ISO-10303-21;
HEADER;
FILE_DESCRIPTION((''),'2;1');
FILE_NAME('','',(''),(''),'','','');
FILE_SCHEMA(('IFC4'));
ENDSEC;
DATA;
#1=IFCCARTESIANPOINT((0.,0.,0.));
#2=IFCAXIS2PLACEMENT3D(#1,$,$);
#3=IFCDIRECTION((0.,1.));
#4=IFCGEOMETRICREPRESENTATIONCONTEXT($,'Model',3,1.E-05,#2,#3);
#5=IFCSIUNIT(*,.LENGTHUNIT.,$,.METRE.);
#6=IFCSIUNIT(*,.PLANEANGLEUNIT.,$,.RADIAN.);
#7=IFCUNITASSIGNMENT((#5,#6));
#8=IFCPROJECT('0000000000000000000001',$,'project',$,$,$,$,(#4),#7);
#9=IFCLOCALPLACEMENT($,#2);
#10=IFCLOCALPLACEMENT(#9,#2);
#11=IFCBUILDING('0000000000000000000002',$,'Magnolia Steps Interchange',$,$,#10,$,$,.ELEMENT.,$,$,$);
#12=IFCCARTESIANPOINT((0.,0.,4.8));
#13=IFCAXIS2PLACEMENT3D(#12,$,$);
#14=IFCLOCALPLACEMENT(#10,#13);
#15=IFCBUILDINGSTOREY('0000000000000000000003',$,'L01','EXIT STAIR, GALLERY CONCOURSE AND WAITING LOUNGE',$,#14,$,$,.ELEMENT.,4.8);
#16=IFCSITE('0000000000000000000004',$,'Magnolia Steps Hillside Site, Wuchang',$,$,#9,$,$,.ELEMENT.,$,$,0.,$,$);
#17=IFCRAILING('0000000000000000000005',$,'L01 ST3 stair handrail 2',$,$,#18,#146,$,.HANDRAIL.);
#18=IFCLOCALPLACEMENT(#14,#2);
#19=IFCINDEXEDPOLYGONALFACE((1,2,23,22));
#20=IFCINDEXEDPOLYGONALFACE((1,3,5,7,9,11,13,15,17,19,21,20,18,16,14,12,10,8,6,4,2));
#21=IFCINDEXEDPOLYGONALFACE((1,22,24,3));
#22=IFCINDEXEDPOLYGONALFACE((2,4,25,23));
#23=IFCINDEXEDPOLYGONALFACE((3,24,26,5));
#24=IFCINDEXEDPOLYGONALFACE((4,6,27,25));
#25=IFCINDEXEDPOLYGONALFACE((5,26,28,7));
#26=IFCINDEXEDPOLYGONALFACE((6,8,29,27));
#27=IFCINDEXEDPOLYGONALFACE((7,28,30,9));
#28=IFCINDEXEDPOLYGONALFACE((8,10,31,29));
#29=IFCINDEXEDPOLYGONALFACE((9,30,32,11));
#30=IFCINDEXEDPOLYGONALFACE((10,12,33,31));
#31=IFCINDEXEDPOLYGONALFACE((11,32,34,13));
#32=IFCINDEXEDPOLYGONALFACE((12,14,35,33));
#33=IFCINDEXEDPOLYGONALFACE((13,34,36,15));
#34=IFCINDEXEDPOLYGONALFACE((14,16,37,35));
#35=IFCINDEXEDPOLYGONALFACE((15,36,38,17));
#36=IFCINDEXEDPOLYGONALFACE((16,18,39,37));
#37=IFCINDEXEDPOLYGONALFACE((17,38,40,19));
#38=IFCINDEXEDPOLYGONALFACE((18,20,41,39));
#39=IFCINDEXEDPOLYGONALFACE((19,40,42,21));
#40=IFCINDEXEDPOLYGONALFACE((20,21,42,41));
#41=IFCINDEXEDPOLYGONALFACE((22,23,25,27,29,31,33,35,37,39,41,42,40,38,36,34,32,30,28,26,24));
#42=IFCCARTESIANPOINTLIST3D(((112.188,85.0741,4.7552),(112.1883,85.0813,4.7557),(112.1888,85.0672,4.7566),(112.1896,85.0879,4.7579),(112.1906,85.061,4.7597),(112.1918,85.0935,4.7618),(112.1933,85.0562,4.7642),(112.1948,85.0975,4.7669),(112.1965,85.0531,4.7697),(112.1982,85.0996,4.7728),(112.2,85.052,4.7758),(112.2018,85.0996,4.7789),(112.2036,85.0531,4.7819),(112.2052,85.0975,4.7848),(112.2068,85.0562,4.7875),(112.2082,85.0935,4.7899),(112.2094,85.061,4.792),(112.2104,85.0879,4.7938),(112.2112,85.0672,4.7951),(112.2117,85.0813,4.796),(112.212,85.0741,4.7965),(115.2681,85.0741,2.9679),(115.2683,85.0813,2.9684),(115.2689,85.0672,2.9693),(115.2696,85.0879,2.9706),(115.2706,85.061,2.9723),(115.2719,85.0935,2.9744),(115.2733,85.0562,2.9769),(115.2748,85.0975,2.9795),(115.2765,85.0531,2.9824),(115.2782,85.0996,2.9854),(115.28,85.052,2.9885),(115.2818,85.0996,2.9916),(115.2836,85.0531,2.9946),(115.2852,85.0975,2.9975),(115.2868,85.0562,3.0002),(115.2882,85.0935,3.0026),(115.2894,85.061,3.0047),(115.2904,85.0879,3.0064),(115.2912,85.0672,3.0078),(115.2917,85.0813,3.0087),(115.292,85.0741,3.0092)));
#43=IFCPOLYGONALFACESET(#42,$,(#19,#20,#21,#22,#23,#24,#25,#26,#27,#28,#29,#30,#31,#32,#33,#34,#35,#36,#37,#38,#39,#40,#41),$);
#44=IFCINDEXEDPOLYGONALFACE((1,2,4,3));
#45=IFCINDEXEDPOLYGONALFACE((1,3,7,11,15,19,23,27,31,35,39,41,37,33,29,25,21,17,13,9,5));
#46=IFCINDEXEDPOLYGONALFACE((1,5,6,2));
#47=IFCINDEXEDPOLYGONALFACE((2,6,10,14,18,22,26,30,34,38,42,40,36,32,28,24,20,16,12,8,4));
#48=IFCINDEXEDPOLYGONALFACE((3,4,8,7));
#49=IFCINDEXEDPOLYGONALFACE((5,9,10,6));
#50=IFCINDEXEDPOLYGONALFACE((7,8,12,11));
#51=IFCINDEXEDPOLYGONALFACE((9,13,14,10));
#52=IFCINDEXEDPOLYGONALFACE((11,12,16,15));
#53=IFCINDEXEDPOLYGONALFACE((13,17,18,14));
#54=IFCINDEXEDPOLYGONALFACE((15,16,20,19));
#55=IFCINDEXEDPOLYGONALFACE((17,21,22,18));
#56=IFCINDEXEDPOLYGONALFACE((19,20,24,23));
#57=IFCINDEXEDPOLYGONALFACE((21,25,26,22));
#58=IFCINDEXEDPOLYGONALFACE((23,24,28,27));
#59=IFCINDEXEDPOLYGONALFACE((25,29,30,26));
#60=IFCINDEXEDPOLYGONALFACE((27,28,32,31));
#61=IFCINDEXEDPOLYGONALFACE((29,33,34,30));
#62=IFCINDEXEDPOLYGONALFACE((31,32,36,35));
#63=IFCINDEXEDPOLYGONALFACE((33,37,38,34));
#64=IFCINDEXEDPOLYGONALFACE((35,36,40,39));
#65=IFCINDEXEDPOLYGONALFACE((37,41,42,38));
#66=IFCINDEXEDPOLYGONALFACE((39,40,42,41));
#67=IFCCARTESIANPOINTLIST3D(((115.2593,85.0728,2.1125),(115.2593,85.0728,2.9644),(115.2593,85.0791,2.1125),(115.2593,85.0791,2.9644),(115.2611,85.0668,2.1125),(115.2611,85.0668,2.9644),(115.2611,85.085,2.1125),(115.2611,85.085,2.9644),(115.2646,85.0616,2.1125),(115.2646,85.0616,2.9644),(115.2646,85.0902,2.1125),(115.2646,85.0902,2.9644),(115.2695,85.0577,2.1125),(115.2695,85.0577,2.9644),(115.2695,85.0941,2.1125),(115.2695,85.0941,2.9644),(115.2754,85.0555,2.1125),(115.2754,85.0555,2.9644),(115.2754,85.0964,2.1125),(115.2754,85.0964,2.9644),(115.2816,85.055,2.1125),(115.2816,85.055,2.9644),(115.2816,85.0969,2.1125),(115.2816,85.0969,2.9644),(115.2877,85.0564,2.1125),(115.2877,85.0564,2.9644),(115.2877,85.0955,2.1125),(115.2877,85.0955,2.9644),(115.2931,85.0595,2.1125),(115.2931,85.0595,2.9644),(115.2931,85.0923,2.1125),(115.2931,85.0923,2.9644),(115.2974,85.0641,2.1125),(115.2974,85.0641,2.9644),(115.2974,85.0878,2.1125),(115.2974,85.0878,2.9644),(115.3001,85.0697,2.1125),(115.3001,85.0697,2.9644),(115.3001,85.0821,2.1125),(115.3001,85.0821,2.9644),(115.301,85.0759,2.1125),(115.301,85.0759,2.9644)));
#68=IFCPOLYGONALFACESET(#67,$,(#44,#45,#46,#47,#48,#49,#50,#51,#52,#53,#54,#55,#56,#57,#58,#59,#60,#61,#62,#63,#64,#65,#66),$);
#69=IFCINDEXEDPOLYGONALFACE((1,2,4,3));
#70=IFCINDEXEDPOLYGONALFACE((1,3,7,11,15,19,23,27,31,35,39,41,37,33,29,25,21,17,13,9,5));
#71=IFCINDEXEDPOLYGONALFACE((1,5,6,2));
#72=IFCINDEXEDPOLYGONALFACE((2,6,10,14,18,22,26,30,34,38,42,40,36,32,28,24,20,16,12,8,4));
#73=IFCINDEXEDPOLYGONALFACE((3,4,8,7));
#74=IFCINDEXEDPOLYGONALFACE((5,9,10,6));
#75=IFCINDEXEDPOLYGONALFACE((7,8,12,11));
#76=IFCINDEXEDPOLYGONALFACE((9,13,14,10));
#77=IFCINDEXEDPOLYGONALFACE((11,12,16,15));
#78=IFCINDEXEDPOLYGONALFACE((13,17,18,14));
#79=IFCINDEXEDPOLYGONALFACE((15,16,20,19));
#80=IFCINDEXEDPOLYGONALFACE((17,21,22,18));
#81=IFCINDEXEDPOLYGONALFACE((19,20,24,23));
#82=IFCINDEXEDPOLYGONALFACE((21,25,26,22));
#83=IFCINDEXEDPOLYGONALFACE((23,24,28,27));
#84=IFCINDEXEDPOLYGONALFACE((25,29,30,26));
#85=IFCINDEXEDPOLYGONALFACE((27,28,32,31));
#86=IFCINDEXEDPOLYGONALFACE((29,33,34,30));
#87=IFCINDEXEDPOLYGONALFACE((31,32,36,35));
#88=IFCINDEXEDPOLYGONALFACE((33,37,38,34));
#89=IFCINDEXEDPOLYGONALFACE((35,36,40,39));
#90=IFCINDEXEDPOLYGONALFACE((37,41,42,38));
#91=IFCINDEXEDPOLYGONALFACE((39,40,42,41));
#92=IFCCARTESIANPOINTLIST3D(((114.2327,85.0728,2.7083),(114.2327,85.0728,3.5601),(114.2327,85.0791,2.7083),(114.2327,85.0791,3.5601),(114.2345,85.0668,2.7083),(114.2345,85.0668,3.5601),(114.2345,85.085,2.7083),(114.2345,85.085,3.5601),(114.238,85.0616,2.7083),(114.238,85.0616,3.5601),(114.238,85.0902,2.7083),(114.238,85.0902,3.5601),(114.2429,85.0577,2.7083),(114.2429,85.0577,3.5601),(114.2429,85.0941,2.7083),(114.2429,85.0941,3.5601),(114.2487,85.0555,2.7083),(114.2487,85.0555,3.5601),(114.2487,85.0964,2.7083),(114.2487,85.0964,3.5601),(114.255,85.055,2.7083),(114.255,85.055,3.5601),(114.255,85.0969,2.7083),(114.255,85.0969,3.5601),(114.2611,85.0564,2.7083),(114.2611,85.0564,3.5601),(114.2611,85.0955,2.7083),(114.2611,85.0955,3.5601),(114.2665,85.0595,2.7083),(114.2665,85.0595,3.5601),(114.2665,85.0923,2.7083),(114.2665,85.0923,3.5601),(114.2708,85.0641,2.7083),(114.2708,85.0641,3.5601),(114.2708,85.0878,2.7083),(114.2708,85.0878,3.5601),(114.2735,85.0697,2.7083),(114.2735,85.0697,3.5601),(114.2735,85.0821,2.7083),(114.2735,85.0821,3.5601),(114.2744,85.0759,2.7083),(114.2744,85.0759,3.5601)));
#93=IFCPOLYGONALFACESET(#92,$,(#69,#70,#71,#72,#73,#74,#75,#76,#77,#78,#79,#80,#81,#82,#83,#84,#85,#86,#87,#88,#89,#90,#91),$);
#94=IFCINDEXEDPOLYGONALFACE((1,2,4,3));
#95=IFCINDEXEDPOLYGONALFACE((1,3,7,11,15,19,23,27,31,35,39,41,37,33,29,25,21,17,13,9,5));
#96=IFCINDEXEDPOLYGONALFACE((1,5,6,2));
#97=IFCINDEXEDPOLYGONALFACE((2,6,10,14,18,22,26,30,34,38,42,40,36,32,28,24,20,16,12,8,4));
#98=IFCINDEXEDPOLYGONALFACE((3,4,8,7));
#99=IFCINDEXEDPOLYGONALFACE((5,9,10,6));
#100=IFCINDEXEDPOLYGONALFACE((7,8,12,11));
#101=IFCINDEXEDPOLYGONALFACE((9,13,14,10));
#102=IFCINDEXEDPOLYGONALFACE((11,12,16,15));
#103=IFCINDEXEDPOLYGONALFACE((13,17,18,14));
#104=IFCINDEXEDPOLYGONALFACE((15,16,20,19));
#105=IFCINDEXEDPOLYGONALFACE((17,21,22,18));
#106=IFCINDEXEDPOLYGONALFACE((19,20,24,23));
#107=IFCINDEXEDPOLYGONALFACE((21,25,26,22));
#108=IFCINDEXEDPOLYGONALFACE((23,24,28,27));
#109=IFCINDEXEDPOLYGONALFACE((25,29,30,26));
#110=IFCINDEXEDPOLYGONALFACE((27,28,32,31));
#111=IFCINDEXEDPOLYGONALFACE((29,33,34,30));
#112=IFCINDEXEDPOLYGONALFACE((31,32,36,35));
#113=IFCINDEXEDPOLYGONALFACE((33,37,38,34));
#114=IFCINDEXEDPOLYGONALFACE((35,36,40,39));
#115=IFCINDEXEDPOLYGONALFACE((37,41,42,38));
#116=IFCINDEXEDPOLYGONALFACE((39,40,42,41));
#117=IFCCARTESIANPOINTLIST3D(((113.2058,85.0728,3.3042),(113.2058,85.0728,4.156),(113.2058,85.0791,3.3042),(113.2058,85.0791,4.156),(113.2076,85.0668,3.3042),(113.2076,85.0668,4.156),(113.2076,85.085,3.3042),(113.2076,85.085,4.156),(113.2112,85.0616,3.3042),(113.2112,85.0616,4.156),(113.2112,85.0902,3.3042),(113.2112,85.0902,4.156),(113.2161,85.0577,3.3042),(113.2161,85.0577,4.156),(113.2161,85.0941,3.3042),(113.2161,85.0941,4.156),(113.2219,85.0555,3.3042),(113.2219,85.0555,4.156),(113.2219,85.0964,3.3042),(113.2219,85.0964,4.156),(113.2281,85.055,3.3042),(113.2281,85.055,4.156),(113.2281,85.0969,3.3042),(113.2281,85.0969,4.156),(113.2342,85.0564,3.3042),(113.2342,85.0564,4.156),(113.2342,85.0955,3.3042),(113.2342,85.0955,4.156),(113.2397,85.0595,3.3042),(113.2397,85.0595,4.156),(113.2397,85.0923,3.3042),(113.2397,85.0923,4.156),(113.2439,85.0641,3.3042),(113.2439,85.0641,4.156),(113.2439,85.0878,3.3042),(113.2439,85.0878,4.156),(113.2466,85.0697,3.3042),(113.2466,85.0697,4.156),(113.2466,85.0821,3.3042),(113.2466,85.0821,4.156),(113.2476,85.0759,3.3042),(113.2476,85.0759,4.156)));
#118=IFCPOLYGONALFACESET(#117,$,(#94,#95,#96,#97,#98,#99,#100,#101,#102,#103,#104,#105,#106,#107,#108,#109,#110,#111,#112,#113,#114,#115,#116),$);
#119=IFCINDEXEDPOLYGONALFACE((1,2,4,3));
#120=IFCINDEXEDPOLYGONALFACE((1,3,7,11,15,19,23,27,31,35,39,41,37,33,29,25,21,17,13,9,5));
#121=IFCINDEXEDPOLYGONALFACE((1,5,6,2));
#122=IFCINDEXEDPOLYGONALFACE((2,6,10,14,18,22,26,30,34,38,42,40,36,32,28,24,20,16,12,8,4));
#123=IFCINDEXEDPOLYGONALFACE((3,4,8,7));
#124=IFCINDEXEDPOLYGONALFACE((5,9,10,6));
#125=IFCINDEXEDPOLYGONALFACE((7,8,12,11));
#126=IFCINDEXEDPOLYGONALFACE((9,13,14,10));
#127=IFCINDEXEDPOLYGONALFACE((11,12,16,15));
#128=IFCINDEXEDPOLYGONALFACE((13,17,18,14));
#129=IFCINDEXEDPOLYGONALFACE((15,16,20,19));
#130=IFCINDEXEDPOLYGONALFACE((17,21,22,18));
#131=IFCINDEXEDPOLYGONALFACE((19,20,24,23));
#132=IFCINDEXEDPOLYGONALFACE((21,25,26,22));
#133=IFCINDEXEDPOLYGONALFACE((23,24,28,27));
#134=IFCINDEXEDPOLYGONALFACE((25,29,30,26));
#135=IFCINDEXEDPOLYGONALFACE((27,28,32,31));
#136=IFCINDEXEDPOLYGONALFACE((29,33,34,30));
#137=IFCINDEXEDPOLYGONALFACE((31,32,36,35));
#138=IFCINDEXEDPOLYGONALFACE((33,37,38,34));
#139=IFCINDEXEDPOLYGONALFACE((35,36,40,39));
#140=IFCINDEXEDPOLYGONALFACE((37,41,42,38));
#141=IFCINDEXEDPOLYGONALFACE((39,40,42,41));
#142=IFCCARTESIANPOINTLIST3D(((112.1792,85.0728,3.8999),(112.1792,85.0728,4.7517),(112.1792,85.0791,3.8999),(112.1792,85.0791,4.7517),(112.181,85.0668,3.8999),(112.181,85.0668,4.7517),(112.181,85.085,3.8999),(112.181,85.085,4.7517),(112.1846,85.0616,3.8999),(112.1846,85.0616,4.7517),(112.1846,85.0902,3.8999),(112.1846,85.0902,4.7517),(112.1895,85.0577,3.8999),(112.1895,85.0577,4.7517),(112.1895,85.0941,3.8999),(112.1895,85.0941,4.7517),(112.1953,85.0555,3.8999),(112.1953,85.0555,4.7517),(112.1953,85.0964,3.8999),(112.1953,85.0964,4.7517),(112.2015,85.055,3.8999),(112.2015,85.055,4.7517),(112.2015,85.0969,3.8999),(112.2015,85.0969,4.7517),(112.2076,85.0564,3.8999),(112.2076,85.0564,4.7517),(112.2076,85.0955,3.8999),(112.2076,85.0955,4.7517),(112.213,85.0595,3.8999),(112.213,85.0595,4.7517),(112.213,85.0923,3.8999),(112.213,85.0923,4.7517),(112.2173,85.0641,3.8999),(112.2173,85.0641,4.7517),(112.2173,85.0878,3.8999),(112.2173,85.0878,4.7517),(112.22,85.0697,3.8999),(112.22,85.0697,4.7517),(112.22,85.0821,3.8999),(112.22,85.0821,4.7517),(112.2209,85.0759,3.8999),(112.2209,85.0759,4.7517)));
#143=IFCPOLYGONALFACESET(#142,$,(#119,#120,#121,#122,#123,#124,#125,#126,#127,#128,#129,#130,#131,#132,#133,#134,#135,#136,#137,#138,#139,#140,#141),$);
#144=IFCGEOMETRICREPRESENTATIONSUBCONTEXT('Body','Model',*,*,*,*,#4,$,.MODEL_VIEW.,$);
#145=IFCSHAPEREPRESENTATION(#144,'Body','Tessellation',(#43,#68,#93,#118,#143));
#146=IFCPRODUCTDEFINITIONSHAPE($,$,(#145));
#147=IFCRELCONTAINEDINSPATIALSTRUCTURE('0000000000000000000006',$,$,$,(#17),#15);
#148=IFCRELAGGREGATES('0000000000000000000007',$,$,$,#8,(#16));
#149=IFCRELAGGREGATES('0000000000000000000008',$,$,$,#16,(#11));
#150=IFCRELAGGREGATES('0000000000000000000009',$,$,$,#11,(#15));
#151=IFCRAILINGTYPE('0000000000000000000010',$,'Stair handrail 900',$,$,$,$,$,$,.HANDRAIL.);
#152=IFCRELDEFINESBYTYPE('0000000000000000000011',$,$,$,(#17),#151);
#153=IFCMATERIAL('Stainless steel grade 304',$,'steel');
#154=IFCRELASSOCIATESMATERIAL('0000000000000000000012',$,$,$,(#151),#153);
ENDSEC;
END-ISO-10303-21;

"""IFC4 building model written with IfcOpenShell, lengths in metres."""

from ifc_helpers import new_model, si_unit, direction, frame, origin, origin_2d, place, context, subcontext, project, spatial, circle, extrude, material, type_object, element, save


model = new_model("IFC4")

# Units and contexts
model_context = context("Model", 3, precision=1e-05, world=origin(), true_north=direction((0.0, 1.0)))
body_context = subcontext(model_context, "Body", "Model", "MODEL_VIEW")
ifc_project = project(units=[si_unit("LENGTHUNIT", "METRE"), si_unit("PLANEANGLEUNIT", "RADIAN")], contexts=[model_context])

# Site, building, storey
site_placement = place(None, origin())
site = spatial("IfcSite", under=ifc_project, at=site_placement, Name="Magnolia Steps Hillside Site, Wuchang", CompositionType="ELEMENT", RefElevation=0.0)
building_placement = place(site_placement, origin())
building = spatial("IfcBuilding", under=site, at=building_placement, Name="Magnolia Steps Interchange", CompositionType="ELEMENT")
storey_placement = place(building_placement, frame((0.0, 0.0, 4.8)))
storey = spatial("IfcBuildingStorey", under=building, at=storey_placement, Name="L01", Description="EXIT STAIR, GALLERY CONCOURSE AND WAITING LOUNGE", CompositionType="ELEMENT", Elevation=4.8)

# Railing
ifc_material_1 = material(Name="Stainless steel grade 304", Category="steel")
railing_type_1 = type_object("IfcRailingType", Name="Stair handrail 900", PredefinedType="HANDRAIL", material=ifc_material_1)
railing_1_placement = place(storey_placement, frame((115.28, 85.0759, 2.1125)))
element("IfcRailing", 1, at=railing_1_placement, inside=storey, type_object=railing_type_1, Name="L01 ST3 stair handrail 2", PredefinedType="HANDRAIL", context=body_context, shape_type="SweptSolid", body=[
    extrude(circle(Radius=0.0239, at=origin_2d()), frame((0.0, 0.0, 0.876), z_axis=(-0.86492, 0.0, 0.501909), x_axis=(0.0, -1.0, 0.0)), (0.0, 0.0, 1.0), 3.561),
    extrude(circle(Radius=0.021, at=origin_2d()), origin(), (0.0, 0.0, 1.0), 0.8518),
    extrude(circle(Radius=0.021, at=origin_2d()), frame((-1.0266, 0.0, 0.5957)), (0.0, 0.0, 1.0), 0.8518),
    extrude(circle(Radius=0.021, at=origin_2d()), frame((-2.0535, 0.0, 1.1917)), (0.0, 0.0, 1.0), 0.8518),
    extrude(circle(Radius=0.021, at=origin_2d()), frame((-3.0801, 0.0, 1.7874)), (0.0, 0.0, 1.0), 0.8518),
])

save(model, "model.ifc")
